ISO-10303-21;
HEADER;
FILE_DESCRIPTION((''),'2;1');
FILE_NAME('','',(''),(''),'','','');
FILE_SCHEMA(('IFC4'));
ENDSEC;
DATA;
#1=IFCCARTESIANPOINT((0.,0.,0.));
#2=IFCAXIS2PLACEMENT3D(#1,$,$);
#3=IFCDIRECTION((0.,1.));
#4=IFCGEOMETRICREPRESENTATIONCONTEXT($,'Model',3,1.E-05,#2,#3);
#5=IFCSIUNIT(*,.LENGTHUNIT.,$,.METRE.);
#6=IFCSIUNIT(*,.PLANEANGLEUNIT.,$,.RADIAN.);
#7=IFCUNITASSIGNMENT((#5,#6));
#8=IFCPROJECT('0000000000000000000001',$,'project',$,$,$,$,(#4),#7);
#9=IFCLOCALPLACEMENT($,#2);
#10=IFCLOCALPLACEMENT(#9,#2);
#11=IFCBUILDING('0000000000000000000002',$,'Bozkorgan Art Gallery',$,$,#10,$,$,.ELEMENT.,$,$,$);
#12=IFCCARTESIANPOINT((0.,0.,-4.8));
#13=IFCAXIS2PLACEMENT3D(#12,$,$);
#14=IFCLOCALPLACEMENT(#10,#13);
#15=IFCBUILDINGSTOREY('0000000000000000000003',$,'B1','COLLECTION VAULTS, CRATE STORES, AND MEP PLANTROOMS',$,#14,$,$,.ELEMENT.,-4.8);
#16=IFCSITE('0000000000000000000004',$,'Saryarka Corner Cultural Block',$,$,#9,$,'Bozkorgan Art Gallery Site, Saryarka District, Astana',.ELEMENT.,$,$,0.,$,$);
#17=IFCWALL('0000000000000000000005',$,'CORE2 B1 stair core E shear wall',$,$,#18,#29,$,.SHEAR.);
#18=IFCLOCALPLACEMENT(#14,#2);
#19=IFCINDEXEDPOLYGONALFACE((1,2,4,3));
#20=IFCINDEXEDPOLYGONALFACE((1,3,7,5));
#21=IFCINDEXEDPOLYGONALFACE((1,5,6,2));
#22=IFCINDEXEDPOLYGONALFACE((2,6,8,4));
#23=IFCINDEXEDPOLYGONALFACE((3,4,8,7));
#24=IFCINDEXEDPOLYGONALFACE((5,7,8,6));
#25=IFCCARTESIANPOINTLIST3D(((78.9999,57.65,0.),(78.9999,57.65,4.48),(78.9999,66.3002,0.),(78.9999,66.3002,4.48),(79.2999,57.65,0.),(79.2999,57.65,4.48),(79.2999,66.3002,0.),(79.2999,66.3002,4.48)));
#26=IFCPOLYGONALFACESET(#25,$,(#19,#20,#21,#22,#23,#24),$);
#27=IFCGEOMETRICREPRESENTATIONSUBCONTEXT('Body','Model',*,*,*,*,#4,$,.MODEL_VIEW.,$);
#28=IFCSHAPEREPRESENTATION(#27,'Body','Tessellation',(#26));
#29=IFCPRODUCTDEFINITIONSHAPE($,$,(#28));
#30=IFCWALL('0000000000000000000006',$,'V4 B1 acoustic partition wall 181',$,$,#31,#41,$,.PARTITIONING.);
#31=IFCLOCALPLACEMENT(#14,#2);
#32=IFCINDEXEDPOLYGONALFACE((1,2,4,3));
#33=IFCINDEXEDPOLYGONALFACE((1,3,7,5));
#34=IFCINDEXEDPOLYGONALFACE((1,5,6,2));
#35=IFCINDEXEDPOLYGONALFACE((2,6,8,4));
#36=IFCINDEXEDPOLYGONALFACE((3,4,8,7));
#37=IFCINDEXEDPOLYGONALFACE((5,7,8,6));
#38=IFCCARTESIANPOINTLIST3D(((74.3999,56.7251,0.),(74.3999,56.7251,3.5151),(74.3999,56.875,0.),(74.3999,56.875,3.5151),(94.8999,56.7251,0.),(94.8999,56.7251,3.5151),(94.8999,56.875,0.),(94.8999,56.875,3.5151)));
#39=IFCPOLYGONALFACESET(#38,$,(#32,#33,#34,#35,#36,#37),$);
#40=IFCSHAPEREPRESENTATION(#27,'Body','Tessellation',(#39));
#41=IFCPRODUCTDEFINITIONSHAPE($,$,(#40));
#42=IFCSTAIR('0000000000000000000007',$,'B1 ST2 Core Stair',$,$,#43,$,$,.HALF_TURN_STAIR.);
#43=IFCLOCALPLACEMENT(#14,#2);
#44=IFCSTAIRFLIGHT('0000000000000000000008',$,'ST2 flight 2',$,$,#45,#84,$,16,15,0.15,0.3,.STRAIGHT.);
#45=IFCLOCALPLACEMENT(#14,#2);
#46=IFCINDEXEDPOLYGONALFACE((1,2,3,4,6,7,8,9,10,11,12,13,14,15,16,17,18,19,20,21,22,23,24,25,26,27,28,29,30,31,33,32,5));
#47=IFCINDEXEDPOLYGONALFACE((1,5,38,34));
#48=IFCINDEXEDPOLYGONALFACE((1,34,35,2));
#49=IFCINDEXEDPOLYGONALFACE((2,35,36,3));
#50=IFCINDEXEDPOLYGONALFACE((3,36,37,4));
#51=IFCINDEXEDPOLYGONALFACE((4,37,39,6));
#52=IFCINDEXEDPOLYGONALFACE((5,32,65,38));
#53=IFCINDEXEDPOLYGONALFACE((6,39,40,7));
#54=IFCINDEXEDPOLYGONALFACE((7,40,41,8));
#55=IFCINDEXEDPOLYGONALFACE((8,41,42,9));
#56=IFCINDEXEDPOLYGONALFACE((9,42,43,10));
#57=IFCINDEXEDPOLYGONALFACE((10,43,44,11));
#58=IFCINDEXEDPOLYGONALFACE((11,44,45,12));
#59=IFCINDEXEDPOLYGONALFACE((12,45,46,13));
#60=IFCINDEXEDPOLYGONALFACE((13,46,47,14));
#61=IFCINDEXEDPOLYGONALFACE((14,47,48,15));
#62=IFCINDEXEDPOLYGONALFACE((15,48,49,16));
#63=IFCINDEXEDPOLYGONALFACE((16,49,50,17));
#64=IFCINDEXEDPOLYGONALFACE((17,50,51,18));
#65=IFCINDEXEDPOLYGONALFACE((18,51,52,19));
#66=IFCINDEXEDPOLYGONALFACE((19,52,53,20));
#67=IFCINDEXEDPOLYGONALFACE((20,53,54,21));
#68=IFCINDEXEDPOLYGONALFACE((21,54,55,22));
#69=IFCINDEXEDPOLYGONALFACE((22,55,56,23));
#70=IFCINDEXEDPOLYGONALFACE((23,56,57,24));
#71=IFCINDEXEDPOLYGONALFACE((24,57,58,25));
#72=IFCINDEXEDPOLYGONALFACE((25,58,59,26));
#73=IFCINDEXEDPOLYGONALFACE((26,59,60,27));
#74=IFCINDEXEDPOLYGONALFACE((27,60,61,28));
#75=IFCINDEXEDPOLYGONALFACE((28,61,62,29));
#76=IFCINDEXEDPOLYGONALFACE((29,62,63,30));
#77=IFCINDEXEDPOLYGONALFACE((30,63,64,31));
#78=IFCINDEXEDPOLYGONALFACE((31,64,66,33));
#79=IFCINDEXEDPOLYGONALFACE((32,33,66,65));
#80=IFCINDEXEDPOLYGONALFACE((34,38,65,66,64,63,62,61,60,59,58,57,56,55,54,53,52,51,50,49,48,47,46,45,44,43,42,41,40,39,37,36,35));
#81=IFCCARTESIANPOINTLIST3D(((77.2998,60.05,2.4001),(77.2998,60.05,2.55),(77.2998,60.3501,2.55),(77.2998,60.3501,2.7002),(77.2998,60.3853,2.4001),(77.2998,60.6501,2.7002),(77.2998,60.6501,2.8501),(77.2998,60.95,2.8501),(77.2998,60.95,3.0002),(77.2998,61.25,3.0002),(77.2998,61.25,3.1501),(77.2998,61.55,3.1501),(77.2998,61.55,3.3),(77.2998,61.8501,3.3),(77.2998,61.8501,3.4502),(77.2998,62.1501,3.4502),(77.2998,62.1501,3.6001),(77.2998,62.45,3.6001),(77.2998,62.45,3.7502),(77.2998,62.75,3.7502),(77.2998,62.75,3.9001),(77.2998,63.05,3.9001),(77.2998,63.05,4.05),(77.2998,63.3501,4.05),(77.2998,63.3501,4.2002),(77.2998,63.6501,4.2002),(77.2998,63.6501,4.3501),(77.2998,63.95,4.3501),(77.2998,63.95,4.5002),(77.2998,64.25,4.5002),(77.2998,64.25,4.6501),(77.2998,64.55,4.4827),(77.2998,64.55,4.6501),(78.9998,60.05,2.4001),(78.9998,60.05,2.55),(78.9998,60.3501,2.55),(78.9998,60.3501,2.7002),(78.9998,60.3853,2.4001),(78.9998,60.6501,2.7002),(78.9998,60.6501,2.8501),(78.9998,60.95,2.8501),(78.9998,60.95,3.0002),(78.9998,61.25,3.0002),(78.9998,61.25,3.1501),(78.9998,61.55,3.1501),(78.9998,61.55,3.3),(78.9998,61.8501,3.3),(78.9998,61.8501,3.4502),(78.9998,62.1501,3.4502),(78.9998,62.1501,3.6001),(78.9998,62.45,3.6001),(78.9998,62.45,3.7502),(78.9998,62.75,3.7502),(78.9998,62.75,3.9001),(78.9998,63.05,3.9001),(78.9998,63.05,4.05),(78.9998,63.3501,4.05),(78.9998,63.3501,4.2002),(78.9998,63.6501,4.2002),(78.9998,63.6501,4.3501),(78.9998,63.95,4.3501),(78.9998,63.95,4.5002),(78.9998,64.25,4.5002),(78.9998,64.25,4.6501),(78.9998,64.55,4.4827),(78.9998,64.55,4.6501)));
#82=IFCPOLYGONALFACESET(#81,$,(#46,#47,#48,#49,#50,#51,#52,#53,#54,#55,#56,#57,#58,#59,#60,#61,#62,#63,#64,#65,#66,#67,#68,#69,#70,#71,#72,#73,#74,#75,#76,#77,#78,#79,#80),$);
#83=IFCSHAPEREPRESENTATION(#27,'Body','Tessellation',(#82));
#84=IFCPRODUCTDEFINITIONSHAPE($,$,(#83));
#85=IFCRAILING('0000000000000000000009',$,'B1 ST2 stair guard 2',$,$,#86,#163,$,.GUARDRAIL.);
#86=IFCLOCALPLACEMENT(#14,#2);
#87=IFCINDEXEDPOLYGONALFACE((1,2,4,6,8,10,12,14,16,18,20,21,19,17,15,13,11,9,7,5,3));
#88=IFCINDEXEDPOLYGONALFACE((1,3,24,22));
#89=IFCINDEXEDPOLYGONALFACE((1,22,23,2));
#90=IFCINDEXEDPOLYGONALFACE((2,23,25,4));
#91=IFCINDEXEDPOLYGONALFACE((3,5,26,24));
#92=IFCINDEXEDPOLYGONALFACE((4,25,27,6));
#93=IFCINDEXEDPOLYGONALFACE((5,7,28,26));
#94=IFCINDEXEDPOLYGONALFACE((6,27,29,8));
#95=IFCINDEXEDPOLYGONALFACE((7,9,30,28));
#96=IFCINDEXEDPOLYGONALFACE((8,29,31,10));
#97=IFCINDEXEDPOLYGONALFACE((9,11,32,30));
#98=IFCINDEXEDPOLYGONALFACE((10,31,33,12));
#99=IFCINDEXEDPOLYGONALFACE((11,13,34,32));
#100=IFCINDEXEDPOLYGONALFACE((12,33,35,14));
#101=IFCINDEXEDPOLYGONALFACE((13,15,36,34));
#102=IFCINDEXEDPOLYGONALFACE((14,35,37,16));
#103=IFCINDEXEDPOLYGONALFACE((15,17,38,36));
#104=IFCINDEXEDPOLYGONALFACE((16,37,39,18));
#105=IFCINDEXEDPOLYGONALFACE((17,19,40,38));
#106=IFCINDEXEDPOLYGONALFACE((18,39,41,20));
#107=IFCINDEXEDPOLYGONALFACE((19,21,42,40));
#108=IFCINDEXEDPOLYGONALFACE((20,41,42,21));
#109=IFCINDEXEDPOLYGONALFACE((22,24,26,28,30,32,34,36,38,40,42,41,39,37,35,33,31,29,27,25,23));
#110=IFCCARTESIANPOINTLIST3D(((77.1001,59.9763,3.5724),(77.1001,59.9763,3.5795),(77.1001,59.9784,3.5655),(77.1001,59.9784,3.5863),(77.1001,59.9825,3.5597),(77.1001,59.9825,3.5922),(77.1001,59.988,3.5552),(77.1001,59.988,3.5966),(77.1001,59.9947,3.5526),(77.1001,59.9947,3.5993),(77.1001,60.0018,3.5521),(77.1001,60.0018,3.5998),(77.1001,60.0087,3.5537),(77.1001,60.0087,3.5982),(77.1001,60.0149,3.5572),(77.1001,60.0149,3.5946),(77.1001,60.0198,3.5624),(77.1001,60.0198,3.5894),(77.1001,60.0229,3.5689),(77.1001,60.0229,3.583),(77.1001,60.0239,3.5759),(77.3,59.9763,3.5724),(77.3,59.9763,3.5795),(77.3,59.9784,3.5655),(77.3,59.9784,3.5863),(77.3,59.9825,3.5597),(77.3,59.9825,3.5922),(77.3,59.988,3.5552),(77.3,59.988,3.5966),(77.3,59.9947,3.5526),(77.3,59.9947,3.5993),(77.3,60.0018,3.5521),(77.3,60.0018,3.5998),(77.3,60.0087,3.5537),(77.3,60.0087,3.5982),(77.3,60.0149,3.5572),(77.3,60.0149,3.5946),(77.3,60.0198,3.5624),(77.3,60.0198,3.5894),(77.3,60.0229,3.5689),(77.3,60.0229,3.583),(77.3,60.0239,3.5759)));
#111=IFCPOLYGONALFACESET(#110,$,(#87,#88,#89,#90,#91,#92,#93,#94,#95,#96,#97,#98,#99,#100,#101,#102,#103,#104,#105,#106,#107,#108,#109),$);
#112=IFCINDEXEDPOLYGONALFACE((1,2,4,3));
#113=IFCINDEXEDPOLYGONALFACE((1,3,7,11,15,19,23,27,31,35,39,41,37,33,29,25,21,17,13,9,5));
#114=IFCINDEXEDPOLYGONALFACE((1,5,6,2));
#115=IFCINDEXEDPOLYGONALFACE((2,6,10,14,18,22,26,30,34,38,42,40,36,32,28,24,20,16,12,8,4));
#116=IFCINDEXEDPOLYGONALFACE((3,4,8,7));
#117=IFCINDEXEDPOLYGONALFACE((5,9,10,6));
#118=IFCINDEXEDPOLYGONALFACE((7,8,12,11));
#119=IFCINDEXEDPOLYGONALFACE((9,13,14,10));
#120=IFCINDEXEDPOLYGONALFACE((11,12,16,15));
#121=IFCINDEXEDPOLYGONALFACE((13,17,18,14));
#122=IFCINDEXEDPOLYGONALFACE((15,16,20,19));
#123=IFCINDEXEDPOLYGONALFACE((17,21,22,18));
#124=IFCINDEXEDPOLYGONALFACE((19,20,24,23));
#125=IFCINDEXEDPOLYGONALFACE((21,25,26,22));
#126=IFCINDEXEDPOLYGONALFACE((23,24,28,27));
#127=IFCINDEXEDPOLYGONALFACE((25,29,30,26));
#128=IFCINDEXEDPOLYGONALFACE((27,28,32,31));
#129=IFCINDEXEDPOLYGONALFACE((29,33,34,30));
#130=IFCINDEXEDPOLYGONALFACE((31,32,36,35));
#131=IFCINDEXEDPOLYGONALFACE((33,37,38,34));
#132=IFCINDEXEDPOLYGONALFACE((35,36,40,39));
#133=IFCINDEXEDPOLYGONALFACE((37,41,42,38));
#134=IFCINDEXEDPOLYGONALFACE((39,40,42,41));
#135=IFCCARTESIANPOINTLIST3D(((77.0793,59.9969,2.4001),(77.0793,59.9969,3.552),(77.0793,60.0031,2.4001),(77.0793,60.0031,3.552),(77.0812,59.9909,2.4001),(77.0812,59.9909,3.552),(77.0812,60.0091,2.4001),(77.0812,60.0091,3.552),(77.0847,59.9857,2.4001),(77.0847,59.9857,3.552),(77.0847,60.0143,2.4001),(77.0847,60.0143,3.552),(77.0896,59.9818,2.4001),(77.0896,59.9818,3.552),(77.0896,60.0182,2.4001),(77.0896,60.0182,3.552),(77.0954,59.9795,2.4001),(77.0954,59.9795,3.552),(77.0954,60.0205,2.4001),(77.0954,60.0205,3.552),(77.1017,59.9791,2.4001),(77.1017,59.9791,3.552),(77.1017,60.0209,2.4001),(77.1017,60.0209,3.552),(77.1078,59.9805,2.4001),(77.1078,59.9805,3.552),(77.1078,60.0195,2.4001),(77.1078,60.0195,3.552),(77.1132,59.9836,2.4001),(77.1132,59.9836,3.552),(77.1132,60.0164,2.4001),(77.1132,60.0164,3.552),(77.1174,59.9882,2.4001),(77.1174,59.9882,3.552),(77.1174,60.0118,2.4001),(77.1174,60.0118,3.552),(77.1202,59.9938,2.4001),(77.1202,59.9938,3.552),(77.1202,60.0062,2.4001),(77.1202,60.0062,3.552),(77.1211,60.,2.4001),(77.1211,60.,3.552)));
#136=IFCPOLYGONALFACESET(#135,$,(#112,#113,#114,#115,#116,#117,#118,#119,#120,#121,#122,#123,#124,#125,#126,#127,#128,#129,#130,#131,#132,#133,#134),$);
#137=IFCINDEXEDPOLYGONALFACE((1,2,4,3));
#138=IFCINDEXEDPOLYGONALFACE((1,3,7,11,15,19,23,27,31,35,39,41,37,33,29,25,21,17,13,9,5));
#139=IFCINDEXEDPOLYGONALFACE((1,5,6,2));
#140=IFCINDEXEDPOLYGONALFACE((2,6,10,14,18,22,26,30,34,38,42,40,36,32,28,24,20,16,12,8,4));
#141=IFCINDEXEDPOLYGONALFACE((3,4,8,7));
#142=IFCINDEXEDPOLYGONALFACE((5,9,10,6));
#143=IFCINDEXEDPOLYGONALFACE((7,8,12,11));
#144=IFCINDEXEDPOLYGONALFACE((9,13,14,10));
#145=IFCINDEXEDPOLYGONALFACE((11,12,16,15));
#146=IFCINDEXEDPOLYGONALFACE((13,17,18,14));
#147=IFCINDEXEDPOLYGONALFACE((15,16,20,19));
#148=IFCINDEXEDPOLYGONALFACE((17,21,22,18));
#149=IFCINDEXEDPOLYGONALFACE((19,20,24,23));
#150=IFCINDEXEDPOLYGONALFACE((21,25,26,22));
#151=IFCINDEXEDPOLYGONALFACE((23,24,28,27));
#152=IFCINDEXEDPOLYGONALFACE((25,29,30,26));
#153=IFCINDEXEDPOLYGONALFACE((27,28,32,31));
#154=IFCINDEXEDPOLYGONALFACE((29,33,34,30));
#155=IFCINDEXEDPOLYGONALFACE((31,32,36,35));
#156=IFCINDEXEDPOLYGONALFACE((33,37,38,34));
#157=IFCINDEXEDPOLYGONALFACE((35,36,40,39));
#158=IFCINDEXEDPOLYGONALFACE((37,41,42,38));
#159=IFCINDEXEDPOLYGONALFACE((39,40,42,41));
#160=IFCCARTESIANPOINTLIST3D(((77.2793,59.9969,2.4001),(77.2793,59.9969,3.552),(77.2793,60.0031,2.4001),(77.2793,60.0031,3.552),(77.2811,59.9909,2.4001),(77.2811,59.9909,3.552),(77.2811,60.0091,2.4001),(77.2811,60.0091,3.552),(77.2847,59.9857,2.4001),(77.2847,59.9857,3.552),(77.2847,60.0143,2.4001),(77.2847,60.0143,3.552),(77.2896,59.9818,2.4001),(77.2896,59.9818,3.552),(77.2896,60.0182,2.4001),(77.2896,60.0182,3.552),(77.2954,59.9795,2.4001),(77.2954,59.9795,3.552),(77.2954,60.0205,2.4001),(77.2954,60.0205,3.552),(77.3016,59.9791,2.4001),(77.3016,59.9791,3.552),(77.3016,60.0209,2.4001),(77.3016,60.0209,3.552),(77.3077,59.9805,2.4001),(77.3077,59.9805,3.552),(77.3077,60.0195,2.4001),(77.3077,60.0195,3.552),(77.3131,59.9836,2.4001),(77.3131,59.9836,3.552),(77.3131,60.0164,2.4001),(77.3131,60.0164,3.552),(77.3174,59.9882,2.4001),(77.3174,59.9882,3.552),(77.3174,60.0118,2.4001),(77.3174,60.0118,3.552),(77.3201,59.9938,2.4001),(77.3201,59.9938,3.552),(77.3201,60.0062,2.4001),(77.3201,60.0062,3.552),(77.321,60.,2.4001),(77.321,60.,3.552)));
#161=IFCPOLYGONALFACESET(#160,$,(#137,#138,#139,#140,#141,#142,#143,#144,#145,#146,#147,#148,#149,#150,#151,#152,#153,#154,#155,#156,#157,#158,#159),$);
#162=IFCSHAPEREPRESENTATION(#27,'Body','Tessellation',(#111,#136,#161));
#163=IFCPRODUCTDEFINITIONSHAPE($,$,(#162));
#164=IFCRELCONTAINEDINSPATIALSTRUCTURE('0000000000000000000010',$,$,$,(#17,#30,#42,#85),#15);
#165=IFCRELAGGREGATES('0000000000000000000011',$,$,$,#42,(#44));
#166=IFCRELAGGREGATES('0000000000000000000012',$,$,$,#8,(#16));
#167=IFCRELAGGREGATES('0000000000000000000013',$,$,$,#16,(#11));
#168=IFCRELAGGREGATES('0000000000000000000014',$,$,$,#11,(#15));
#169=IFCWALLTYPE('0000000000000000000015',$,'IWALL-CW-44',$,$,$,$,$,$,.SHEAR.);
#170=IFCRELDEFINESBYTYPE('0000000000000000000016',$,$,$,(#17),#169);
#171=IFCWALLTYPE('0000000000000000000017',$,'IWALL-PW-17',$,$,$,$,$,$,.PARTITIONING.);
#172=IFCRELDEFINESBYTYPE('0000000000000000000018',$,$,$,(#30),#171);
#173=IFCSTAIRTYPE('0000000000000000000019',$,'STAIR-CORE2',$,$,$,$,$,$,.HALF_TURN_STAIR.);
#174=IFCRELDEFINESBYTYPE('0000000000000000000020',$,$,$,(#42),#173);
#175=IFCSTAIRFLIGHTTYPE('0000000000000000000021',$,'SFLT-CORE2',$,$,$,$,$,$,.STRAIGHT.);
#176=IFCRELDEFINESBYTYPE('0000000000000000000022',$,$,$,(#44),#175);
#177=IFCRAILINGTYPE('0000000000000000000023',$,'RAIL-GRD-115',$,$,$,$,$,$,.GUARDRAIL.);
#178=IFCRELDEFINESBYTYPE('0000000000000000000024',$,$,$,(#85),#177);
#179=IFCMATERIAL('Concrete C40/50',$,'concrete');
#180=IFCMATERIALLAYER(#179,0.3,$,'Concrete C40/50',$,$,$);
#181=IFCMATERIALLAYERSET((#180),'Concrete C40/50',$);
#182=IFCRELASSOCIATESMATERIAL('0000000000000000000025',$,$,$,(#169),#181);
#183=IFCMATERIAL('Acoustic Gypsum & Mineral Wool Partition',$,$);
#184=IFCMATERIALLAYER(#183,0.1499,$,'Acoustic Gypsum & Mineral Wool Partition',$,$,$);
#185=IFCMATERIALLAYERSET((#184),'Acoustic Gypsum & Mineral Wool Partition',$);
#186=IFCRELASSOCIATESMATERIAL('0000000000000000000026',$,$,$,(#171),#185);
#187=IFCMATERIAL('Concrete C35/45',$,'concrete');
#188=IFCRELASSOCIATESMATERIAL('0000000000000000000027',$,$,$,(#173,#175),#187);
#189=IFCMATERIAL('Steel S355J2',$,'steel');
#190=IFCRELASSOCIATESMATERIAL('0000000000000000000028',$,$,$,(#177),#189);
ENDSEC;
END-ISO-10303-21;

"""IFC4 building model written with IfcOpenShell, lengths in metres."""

from ifc_helpers import new_model, si_unit, direction, frame, frame_2d, origin, origin_2d, place, context, subcontext, project, spatial, polyline, rectangle, circle, outline, extrude, material, layer, layer_set, type_object, element, aggregate, save


model = new_model("IFC4")

# Units and contexts
model_context = context("Model", 3, precision=1e-05, world=origin(), true_north=direction((0.0, 1.0)))
body_context = subcontext(model_context, "Body", "Model", "MODEL_VIEW")
ifc_project = project(units=[si_unit("LENGTHUNIT", "METRE"), si_unit("PLANEANGLEUNIT", "RADIAN")], contexts=[model_context])

# Site, building, storey
site_placement = place(None, origin())
site = spatial("IfcSite", under=ifc_project, at=site_placement, Name="Saryarka Corner Cultural Block", LongName="Bozkorgan Art Gallery Site, Saryarka District, Astana", CompositionType="ELEMENT", RefElevation=0.0)
building_placement = place(site_placement, origin())
building = spatial("IfcBuilding", under=site, at=building_placement, Name="Bozkorgan Art Gallery", CompositionType="ELEMENT")
storey_placement = place(building_placement, frame((0.0, 0.0, -4.8)))
storey = spatial("IfcBuildingStorey", under=building, at=storey_placement, Name="B1", Description="COLLECTION VAULTS, CRATE STORES, AND MEP PLANTROOMS", CompositionType="ELEMENT", Elevation=-4.8)

# Shared definitions
ifc_material_1 = material(Name="Concrete C40/50", Category="concrete")

# Shared definitions
ifc_material_2 = material(Name="Concrete C35/45", Category="concrete")
ifc_material_3 = material(Name="Steel S355J2", Category="steel")

# Walls
ifc_layer_1 = layer(ifc_material_1, 0.3, Name="Concrete C40/50")
ifc_layer_set_1 = layer_set([ifc_layer_1], Name="Concrete C40/50")
wall_type_1 = type_object("IfcWallType", Name="IWALL-CW-44", PredefinedType="SHEAR", material=ifc_layer_set_1)
for number, where, z_axis, x_axis, name in (
    (1, (79.1499, 57.6499, 0.0), (0.0, 0.0, 1.0), (0.0, 1.0, 0.0), "CORE2 B1 stair core E shear wall"),
):
    element("IfcWall", number, at=place(storey_placement, frame(where, z_axis=z_axis, x_axis=x_axis)), inside=storey, type_object=wall_type_1, Name=name, PredefinedType="SHEAR", context=body_context, shape_type="SweptSolid", body=[
        extrude(rectangle(XDim=8.6501, YDim=0.3, at=frame_2d((4.3252, 0.0))), origin(), (0.0, 0.0, 1.0), 4.48),
    ])
ifc_material_4 = material(Name="Acoustic Gypsum & Mineral Wool Partition")
ifc_layer_2 = layer(ifc_material_4, 0.1499, Name="Acoustic Gypsum & Mineral Wool Partition")
ifc_layer_set_2 = layer_set([ifc_layer_2], Name="Acoustic Gypsum & Mineral Wool Partition")
wall_type_2 = type_object("IfcWallType", Name="IWALL-PW-17", PredefinedType="PARTITIONING", material=ifc_layer_set_2)
wall_1_placement = place(storey_placement, frame((74.3999, 56.8, 0.0), z_axis=(0.0, 0.0, 1.0), x_axis=(1.0, 0.0, 0.0)))
element("IfcWall", 2, at=wall_1_placement, inside=storey, type_object=wall_type_2, Name="V4 B1 acoustic partition wall 181", PredefinedType="PARTITIONING", context=body_context, shape_type="SweptSolid", body=[
    extrude(rectangle(XDim=20.5, YDim=0.1499, at=frame_2d((10.25, 0.0))), origin(), (0.0, 0.0, 1.0), 3.5151),
])

# Stair, stair flight
stair_type = type_object("IfcStairType", Name="STAIR-CORE2", PredefinedType="HALF_TURN_STAIR", material=ifc_material_2)
stair_placement = place(storey_placement, origin())
stair = element("IfcStair", 3, at=stair_placement, inside=storey, type_object=stair_type, Name="B1 ST2 Core Stair", PredefinedType="HALF_TURN_STAIR")
stair_flight_type = type_object("IfcStairFlightType", Name="SFLT-CORE2", PredefinedType="STRAIGHT", material=ifc_material_2)
stair_flight_placement = place(storey_placement, frame((78.1499, 60.05, 2.4001), z_axis=(0.0, 0.0, 1.0), x_axis=(0.0, 1.0, 0.0)))
stair_flight = element("IfcStairFlight", 4, at=stair_flight_placement, type_object=stair_flight_type, Name="ST2 flight 2", NumberOfRisers=16, NumberOfTreads=15, PredefinedType="STRAIGHT", RiserHeight=0.15, TreadLength=0.3, context=body_context, shape_type="SweptSolid", body=[
    extrude(outline(polyline([(0.0, 0.0), (0.0, 0.1499), (0.3, 0.1499), (0.3, 0.3), (0.6001, 0.3), (0.6001, 0.45), (0.8999, 0.45), (0.8999, 0.6001), (1.2, 0.6001), (1.2, 0.75), (1.5, 0.75), (1.5, 0.8999), (1.8, 0.8999), (1.8, 1.05), (2.1001, 1.05), (2.1001, 1.2), (2.3999, 1.2), (2.3999, 1.3501), (2.7, 1.3501), (2.7, 1.5), (3.0, 1.5), (3.0, 1.6499), (3.3, 1.6499), (3.3, 1.8), (3.6001, 1.8), (3.6001, 1.95), (3.8999, 1.95), (3.8999, 2.1001), (4.2, 2.1001), (4.2, 2.25), (4.5, 2.25), (4.5, 2.3999), (4.5, 2.0825), (0.3352, 0.0), (0.0, 0.0)])), frame((0.0, 0.8501, 0.0), z_axis=(0.0, -1.0, 0.0), x_axis=(1.0, 0.0, 0.0)), (0.0, 0.0, 1.0), 1.7),
])
aggregate(stair, [stair_flight])

# Railing
railing_type_1 = type_object("IfcRailingType", Name="RAIL-GRD-115", PredefinedType="GUARDRAIL", material=ifc_material_3)
railing_1_placement = place(storey_placement, frame((77.1001, 60.0, 2.4001)))
element("IfcRailing", 5, at=railing_1_placement, inside=storey, type_object=railing_type_1, Name="B1 ST2 stair guard 2", PredefinedType="GUARDRAIL", context=body_context, shape_type="SweptSolid", body=[
    extrude(circle(Radius=0.0239, at=origin_2d()), frame((0.0, 0.0, 1.1758), z_axis=(1.0, 0.0, 0.0), x_axis=(0.0, 1.0, 0.0)), (0.0, 0.0, 1.0), 0.2),
    extrude(circle(Radius=0.021, at=origin_2d()), origin(), (0.0, 0.0, 1.0), 1.1519),
    extrude(circle(Radius=0.021, at=origin_2d()), frame((0.2, 0.0, 0.0)), (0.0, 0.0, 1.0), 1.1519),
])

save(model, "model.ifc")
